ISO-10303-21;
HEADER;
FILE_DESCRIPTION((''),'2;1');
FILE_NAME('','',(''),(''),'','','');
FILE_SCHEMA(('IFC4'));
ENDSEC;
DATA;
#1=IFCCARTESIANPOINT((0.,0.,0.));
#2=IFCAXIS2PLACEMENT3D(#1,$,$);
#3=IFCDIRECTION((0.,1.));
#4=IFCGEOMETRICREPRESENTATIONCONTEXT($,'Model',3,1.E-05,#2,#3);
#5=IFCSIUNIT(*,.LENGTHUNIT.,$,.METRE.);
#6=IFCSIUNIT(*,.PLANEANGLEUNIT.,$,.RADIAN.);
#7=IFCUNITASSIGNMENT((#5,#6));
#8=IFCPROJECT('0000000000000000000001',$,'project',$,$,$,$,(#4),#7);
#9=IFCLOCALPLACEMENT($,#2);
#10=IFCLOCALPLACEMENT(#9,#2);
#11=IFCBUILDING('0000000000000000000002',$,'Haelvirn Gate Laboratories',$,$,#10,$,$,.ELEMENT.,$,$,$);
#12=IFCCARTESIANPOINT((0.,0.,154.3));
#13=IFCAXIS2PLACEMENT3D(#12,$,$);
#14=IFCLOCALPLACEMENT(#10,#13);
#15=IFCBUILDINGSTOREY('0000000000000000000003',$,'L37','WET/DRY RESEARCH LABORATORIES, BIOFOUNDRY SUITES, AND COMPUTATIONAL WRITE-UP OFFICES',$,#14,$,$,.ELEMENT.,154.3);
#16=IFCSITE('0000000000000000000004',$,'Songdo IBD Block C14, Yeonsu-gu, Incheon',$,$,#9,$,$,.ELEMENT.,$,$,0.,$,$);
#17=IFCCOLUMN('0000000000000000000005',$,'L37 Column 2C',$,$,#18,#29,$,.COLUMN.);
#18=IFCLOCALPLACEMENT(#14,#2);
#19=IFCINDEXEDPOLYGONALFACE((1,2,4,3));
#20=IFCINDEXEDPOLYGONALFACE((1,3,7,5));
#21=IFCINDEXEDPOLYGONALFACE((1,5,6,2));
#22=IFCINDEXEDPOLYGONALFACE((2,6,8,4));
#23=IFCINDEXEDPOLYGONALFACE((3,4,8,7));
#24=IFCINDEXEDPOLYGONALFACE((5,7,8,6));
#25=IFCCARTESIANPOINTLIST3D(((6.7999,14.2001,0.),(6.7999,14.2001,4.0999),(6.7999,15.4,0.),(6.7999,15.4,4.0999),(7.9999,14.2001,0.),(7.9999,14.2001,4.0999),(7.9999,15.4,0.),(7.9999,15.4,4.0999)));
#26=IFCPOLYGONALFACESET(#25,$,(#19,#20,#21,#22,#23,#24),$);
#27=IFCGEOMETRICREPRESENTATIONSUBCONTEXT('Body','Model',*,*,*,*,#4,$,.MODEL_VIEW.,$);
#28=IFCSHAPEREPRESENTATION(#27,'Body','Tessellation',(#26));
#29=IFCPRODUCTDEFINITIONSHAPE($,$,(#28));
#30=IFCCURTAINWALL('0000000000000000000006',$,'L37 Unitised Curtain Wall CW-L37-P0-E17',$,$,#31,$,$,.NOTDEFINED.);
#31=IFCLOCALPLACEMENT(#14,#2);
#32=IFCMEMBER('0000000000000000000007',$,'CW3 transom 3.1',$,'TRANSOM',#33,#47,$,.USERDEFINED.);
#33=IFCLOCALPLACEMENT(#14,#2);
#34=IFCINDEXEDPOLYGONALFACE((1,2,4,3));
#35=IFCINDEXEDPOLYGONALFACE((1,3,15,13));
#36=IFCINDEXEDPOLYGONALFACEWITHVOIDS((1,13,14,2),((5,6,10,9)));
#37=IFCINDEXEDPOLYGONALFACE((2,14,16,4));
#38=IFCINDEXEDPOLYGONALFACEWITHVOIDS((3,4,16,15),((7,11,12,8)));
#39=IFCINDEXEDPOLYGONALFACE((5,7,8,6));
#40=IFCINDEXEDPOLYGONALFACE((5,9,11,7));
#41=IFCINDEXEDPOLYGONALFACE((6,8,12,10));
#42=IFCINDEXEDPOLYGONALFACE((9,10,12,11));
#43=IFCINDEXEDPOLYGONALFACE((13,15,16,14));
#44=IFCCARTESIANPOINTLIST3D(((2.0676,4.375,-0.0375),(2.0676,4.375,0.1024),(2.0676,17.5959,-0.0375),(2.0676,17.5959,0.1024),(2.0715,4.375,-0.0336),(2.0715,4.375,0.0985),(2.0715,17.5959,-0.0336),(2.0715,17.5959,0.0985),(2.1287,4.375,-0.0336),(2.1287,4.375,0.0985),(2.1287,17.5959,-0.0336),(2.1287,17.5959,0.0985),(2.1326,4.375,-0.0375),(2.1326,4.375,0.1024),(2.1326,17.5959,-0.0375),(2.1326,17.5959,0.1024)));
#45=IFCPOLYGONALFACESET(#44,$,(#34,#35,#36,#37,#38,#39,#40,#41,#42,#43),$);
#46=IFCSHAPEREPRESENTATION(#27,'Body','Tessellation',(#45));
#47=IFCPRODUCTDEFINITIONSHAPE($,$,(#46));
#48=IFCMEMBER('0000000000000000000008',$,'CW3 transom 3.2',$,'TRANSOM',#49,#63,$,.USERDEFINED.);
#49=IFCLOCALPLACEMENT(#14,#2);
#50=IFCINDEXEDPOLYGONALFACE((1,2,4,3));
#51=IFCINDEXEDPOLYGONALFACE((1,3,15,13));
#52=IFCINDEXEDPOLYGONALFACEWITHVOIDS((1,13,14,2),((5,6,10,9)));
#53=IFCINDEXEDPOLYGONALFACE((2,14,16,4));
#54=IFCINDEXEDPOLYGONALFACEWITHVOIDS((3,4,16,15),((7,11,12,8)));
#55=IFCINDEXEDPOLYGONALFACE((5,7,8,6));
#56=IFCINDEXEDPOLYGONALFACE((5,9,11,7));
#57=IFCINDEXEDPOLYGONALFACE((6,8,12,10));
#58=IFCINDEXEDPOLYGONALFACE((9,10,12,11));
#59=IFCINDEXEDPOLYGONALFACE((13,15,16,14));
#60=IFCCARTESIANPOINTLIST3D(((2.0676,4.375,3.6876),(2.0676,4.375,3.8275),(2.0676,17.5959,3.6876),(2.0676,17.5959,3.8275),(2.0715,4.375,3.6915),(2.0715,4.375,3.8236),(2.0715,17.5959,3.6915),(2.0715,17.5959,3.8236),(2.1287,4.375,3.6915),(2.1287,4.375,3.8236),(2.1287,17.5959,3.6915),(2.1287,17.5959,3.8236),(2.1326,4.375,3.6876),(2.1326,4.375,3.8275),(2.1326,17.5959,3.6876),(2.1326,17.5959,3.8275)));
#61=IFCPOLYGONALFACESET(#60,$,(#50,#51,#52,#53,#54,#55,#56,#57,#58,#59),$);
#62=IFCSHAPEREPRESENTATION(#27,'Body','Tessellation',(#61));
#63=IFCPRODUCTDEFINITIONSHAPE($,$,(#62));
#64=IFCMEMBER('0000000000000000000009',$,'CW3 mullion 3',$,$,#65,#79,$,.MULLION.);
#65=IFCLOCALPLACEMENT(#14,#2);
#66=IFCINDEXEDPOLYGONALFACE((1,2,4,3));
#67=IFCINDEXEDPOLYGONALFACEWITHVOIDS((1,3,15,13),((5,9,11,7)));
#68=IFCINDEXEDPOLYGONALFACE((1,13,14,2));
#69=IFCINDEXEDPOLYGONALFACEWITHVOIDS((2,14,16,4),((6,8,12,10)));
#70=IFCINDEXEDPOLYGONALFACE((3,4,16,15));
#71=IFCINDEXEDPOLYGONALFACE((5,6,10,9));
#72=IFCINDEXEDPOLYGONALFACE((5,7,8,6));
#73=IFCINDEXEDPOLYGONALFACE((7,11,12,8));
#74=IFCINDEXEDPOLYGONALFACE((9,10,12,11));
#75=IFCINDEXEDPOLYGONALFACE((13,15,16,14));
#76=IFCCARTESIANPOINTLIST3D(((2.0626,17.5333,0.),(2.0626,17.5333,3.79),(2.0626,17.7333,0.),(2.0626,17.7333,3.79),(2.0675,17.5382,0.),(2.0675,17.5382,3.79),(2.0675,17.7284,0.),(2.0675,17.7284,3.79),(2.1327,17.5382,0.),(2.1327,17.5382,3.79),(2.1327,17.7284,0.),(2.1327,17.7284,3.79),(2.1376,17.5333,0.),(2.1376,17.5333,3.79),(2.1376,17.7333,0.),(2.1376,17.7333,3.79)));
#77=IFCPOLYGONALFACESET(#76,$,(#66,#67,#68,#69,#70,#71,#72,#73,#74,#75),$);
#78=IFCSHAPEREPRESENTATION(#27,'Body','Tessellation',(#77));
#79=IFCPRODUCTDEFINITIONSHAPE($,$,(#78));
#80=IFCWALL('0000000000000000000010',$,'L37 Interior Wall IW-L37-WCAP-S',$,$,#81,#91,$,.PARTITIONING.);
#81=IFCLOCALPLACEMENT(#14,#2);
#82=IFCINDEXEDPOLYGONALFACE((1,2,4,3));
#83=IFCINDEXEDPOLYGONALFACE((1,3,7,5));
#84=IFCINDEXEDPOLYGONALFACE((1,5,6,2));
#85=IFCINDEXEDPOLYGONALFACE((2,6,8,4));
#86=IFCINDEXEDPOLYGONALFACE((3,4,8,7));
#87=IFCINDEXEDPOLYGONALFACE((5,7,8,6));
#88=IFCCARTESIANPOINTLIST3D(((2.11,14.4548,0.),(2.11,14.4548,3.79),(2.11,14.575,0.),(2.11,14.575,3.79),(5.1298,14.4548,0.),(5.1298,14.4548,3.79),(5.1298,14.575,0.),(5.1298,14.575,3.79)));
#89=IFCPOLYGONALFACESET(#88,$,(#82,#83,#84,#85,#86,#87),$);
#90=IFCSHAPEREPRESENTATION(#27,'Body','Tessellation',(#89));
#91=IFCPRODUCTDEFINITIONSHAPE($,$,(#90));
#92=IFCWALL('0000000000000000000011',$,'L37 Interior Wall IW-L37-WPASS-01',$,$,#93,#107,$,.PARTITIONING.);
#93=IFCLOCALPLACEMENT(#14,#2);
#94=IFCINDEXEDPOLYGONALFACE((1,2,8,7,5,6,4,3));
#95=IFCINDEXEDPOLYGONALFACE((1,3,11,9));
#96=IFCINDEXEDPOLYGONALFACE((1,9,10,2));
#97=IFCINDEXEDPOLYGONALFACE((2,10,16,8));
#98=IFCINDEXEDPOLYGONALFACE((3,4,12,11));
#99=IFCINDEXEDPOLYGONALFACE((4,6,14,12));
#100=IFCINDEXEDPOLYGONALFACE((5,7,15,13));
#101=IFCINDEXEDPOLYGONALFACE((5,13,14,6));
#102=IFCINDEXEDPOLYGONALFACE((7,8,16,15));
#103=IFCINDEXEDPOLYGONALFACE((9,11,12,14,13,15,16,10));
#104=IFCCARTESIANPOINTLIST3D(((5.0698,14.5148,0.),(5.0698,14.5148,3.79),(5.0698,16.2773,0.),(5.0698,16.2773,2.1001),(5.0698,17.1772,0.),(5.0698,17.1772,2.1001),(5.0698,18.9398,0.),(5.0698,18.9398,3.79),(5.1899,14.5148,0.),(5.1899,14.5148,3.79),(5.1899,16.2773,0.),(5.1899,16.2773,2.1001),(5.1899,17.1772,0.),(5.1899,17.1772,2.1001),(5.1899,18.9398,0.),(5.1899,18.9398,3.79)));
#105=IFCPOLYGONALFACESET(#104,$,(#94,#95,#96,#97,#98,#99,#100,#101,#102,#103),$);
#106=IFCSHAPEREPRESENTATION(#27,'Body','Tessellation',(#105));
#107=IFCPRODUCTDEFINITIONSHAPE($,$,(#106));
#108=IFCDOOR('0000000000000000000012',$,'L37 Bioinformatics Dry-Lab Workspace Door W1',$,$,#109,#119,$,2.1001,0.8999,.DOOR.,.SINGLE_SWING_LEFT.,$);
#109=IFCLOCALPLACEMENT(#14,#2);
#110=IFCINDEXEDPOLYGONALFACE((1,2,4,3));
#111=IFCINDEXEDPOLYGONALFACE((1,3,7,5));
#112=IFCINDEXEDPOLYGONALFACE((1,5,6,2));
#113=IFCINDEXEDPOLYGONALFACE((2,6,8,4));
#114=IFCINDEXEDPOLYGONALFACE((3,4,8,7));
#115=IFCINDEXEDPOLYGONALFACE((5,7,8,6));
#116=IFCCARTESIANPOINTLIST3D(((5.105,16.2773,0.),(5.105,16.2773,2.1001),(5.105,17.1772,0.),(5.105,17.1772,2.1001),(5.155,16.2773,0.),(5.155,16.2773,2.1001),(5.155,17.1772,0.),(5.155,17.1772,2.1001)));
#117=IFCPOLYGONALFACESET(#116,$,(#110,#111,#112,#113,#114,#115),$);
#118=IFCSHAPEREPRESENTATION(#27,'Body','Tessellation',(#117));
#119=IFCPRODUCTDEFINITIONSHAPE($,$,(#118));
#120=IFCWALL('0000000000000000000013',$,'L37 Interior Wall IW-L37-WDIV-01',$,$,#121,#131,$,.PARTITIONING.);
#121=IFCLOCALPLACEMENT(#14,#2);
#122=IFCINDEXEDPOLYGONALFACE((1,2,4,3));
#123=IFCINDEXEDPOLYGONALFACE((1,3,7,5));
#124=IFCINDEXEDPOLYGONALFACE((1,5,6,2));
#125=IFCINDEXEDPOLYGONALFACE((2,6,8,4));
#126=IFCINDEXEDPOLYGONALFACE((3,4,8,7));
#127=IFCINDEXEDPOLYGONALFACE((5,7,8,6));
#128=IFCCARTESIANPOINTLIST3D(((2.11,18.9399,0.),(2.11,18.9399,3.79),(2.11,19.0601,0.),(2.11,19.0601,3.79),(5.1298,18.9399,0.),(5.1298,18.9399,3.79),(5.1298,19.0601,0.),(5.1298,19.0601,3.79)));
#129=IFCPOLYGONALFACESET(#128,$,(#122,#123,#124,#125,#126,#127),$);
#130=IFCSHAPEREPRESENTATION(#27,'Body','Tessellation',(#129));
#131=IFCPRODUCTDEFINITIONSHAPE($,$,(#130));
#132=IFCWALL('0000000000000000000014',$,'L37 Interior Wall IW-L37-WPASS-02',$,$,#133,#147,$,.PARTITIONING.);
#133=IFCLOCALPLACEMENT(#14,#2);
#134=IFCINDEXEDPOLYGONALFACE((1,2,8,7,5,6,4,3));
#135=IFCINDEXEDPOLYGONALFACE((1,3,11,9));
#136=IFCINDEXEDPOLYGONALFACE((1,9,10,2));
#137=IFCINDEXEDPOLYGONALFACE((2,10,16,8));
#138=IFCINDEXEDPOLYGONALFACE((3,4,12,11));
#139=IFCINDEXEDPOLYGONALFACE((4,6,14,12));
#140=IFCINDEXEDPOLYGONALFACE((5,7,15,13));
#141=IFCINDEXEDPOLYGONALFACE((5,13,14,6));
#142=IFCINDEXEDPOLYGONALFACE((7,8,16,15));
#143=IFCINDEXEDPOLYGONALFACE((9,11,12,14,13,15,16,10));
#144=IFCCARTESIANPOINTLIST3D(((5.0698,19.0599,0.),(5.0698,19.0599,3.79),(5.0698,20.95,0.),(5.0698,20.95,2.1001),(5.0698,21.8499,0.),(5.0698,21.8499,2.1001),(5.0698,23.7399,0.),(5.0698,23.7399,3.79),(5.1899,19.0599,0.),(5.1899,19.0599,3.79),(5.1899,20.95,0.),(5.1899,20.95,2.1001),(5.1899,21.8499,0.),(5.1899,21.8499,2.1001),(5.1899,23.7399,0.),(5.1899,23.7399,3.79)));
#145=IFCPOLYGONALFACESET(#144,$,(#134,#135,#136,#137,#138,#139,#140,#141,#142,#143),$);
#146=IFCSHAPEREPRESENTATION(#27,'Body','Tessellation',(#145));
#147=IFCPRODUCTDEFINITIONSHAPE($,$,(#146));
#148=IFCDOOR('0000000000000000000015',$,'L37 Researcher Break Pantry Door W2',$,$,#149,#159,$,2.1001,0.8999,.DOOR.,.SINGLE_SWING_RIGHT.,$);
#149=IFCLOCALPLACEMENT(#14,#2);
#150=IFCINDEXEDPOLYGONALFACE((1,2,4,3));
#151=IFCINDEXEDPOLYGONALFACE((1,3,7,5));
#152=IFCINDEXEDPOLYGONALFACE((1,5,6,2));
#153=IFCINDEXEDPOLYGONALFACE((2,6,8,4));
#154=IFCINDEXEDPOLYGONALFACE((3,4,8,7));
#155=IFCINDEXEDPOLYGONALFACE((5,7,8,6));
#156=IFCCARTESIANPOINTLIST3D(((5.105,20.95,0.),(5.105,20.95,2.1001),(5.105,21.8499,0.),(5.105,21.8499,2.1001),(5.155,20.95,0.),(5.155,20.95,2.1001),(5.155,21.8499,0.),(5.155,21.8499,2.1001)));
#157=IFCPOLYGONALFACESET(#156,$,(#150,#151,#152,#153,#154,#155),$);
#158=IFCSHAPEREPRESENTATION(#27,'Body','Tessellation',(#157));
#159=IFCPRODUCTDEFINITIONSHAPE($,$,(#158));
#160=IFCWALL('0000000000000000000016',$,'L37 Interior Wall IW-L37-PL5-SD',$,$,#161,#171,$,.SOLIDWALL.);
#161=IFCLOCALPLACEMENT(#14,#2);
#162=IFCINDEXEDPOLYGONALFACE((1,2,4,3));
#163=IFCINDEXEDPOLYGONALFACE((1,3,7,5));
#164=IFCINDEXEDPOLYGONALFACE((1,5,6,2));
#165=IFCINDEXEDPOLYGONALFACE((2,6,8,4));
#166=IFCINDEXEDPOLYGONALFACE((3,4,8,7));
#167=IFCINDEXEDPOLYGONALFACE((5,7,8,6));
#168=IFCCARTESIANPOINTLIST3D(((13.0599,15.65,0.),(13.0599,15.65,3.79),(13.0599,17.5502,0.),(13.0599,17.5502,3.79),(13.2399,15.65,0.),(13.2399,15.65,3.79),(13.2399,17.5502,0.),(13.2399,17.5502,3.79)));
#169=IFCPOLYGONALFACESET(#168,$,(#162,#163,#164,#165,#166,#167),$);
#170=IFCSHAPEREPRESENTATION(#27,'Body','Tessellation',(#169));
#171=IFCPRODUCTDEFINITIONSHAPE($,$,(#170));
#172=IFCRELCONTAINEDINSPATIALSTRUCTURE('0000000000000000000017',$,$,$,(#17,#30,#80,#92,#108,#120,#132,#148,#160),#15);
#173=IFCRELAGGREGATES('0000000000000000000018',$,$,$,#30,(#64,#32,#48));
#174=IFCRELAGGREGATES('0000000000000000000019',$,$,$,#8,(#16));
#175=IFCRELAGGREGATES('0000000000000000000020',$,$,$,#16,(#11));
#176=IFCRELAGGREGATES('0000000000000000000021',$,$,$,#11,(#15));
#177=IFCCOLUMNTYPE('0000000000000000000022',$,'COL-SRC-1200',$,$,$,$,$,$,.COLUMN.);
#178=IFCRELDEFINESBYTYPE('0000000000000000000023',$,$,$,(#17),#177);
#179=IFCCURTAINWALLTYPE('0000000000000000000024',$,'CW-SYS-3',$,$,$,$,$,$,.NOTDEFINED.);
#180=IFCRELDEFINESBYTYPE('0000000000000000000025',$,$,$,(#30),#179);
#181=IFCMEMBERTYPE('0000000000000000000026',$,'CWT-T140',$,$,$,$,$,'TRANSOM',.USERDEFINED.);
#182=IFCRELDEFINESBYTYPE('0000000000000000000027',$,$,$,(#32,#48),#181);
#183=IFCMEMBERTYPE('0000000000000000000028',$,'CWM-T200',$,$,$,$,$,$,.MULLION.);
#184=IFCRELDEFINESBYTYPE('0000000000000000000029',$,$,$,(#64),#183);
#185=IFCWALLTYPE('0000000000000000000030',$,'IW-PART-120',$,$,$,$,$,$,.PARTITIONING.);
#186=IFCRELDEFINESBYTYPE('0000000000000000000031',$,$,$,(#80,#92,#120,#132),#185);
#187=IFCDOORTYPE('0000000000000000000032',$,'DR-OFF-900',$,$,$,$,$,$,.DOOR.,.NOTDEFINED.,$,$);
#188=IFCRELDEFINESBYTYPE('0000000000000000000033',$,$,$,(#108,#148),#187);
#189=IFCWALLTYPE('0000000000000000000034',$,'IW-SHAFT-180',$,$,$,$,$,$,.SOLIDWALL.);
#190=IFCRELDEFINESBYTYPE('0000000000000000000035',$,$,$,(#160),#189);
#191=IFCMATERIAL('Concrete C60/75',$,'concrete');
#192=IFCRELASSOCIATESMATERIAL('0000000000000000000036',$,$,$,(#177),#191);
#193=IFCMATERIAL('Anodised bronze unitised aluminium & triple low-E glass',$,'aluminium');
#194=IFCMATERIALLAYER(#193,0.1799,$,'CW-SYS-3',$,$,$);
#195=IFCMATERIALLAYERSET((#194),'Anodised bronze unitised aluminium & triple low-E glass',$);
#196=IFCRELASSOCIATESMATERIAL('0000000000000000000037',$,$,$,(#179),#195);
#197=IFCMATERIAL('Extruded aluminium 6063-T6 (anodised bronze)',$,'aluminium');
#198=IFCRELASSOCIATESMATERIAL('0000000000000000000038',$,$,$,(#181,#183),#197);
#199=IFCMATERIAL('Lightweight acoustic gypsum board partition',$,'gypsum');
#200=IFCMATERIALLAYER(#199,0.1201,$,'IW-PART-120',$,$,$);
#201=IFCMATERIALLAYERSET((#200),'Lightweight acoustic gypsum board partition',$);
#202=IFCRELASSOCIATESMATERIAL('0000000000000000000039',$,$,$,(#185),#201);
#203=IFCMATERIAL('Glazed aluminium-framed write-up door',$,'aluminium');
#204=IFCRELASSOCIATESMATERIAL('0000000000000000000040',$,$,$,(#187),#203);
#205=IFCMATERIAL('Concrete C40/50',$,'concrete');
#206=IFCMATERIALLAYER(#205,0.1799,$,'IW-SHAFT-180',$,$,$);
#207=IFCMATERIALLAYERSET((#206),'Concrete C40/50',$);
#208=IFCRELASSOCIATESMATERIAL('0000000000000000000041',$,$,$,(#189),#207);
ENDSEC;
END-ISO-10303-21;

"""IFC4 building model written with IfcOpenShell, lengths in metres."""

from ifc_helpers import new_model, si_unit, direction, frame, frame_2d, origin, origin_2d, place, context, subcontext, project, spatial, rectangle, hollow_rectangle, extrude, source, transform, mapped, material, layer, layer_set, material_profile, profile_set, type_object, type_shapes, element, fill, aggregate, save


model = new_model("IFC4")

# Units and contexts
model_context = context("Model", 3, precision=1e-05, world=origin(), true_north=direction((0.0, 1.0)))
body_context = subcontext(model_context, "Body", "Model", "MODEL_VIEW")
ifc_project = project(units=[si_unit("LENGTHUNIT", "METRE"), si_unit("PLANEANGLEUNIT", "RADIAN")], contexts=[model_context])

# Site, building, storey
site_placement = place(None, origin())
site = spatial("IfcSite", under=ifc_project, at=site_placement, Name="Songdo IBD Block C14, Yeonsu-gu, Incheon", CompositionType="ELEMENT", RefElevation=0.0)
building_placement = place(site_placement, origin())
building = spatial("IfcBuilding", under=site, at=building_placement, Name="Haelvirn Gate Laboratories", CompositionType="ELEMENT")
storey_placement = place(building_placement, frame((0.0, 0.0, 154.3)))
storey = spatial("IfcBuildingStorey", under=building, at=storey_placement, Name="L37", Description="WET/DRY RESEARCH LABORATORIES, BIOFOUNDRY SUITES, AND COMPUTATIONAL WRITE-UP OFFICES", CompositionType="ELEMENT", Elevation=154.3)

# Column
ifc_material_1 = material(Name="Concrete C60/75", Category="concrete")
ifc_material_profile_1 = material_profile(ifc_material_1, rectangle(XDim=1.2, YDim=1.2, at=origin_2d()), Name="SRC-1200x1200")
ifc_profile_set_1 = profile_set([ifc_material_profile_1], Name="Concrete C60/75")
column_type = type_object("IfcColumnType", Name="COL-SRC-1200", PredefinedType="COLUMN", material=ifc_profile_set_1)
shared_shape_1 = source(origin(), body_context, "Body", "SweptSolid", [
    extrude(rectangle(XDim=1.2, YDim=1.2, at=origin_2d()), origin(), (0.0, 0.0, 1.0), 4.0999),
])
type_shapes(column_type, [shared_shape_1])
column_placement = place(storey_placement, frame((7.3999, 14.8, 0.0), z_axis=(0.0, 0.0, 1.0), x_axis=(1.0, 0.0, 0.0)))
element("IfcColumn", 1, at=column_placement, inside=storey, type_object=column_type, Name="L37 Column 2C", PredefinedType="COLUMN", context=body_context, shape_type="MappedRepresentation", body=[
    mapped(shared_shape_1, transform((0.0, 0.0, 0.0), scale=1.0)),
])

# Curtain wall, members
ifc_material_2 = material(Name="Anodised bronze unitised aluminium & triple low-E glass", Category="aluminium")
ifc_layer_1 = layer(ifc_material_2, 0.1799, Name="CW-SYS-3")
ifc_layer_set_1 = layer_set([ifc_layer_1], Name="Anodised bronze unitised aluminium & triple low-E glass")
curtain_wall_type = type_object("IfcCurtainWallType", Name="CW-SYS-3", PredefinedType="NOTDEFINED", material=ifc_layer_set_1)
curtain_wall_placement = place(storey_placement, origin())
curtain_wall = element("IfcCurtainWall", 2, at=curtain_wall_placement, inside=storey, type_object=curtain_wall_type, Name="L37 Unitised Curtain Wall CW-L37-P0-E17", PredefinedType="NOTDEFINED")
ifc_material_3 = material(Name="Extruded aluminium 6063-T6 (anodised bronze)", Category="aluminium")
ifc_material_profile_2 = material_profile(ifc_material_3, hollow_rectangle(XDim=0.0649, YDim=0.1399, WallThickness=0.0039, at=origin_2d()), Name="CWT-140x65x4")
ifc_profile_set_2 = profile_set([ifc_material_profile_2], Name="Extruded aluminium 6063-T6 (anodised bronze)")
member_type_1 = type_object("IfcMemberType", Name="CWT-T140", ElementType="TRANSOM", PredefinedType="USERDEFINED", material=ifc_profile_set_2)
shared_shape_2 = source(origin(), body_context, "Body", "SweptSolid", [
    extrude(hollow_rectangle(XDim=0.0649, YDim=0.1399, WallThickness=0.0039, at=origin_2d()), origin(), (0.0, 0.0, 1.0), 13.2209),
])
type_shapes(member_type_1, [shared_shape_2])
member_1_placement = place(storey_placement, frame((2.1001, 17.5959, 0.0325), z_axis=(0.0, -1.0, 0.0), x_axis=(1.0, 0.0, 0.0)))
member_1 = element("IfcMember", 3, at=member_1_placement, type_object=member_type_1, Name="CW3 transom 3.1", ObjectType="TRANSOM", PredefinedType="USERDEFINED", context=body_context, shape_type="MappedRepresentation", body=[
    mapped(shared_shape_2, transform((0.0, 0.0, 0.0), scale=1.0)),
])
member_2_placement = place(storey_placement, frame((2.1001, 17.5959, 3.7576), z_axis=(0.0, -1.0, 0.0), x_axis=(1.0, 0.0, 0.0)))
member_2 = element("IfcMember", 4, at=member_2_placement, type_object=member_type_1, Name="CW3 transom 3.2", ObjectType="TRANSOM", PredefinedType="USERDEFINED", context=body_context, shape_type="MappedRepresentation", body=[
    mapped(shared_shape_2, transform((0.0, 0.0, 0.0), scale=1.0)),
])
ifc_material_profile_3 = material_profile(ifc_material_3, hollow_rectangle(XDim=0.075, YDim=0.2, WallThickness=0.0049, at=origin_2d()), Name="CWM-200x75x5")
ifc_profile_set_3 = profile_set([ifc_material_profile_3], Name="Extruded aluminium 6063-T6 (anodised bronze)")
member_type_2 = type_object("IfcMemberType", Name="CWM-T200", PredefinedType="MULLION", material=ifc_profile_set_3)
shared_shape_3 = source(origin(), body_context, "Body", "SweptSolid", [
    extrude(hollow_rectangle(XDim=0.075, YDim=0.2, WallThickness=0.0049, at=origin_2d()), origin(), (0.0, 0.0, 1.0), 3.79),
])
type_shapes(member_type_2, [shared_shape_3])
member_3_placement = place(storey_placement, frame((2.1001, 17.6333, 0.0), z_axis=(0.0, 0.0, 1.0), x_axis=(1.0, 0.0, 0.0)))
member_3 = element("IfcMember", 5, at=member_3_placement, type_object=member_type_2, Name="CW3 mullion 3", PredefinedType="MULLION", context=body_context, shape_type="MappedRepresentation", body=[
    mapped(shared_shape_3, transform((0.0, 0.0, 0.0), scale=1.0)),
])
aggregate(curtain_wall, [member_3, member_1, member_2])

# Wall
ifc_material_4 = material(Name="Lightweight acoustic gypsum board partition", Category="gypsum")
ifc_layer_2 = layer(ifc_material_4, 0.1201, Name="IW-PART-120")
ifc_layer_set_2 = layer_set([ifc_layer_2], Name="Lightweight acoustic gypsum board partition")
wall_type_1 = type_object("IfcWallType", Name="IW-PART-120", PredefinedType="PARTITIONING", material=ifc_layer_set_2)
wall_1_placement = place(storey_placement, frame((2.1101, 14.5149, 0.0), z_axis=(0.0, 0.0, 1.0), x_axis=(1.0, 0.0, 0.0)))
element("IfcWall", 6, at=wall_1_placement, inside=storey, type_object=wall_type_1, Name="L37 Interior Wall IW-L37-WCAP-S", PredefinedType="PARTITIONING", context=body_context, shape_type="SweptSolid", body=[
    extrude(rectangle(XDim=3.0198, YDim=0.1201, at=frame_2d((1.5098, 0.0))), origin(), (0.0, 0.0, 1.0), 3.79),
])

# Wall, opening, door
wall_2_placement = place(storey_placement, frame((5.1299, 14.5149, 0.0), z_axis=(0.0, 0.0, 1.0), x_axis=(0.0, 1.0, 0.0)))
wall_2 = element("IfcWall", 7, at=wall_2_placement, inside=storey, type_object=wall_type_1, Name="L37 Interior Wall IW-L37-WPASS-01", PredefinedType="PARTITIONING", context=body_context, shape_type="SweptSolid", body=[
    extrude(rectangle(XDim=4.425, YDim=0.1201, at=frame_2d((2.2124, 0.0))), origin(), (0.0, 0.0, 1.0), 3.79),
])
opening_1_placement = place(wall_2_placement, frame((1.7625, 0.0, 0.0)))
opening_1 = element("IfcOpeningElement", 8, at=opening_1_placement, cuts=wall_2, PredefinedType="OPENING", context=body_context, shape_type="SweptSolid", body=[
    extrude(rectangle(XDim=0.8999, YDim=2.1001, at=frame_2d((0.45, 1.05))), frame((0.0, 0.0701, 0.0), z_axis=(0.0, -1.0, 0.0), x_axis=(1.0, 0.0, 0.0)), (0.0, 0.0, 1.0), 0.1401),
])
ifc_material_5 = material(Name="Glazed aluminium-framed write-up door", Category="aluminium")
door_type_1 = type_object("IfcDoorType", Name="DR-OFF-900", OperationType="NOTDEFINED", PredefinedType="DOOR", material=ifc_material_5)
shared_shape_4 = source(origin(), body_context, "Body", "SweptSolid", [
    extrude(rectangle(XDim=0.8999, YDim=2.1001, at=frame_2d((0.45, 1.05))), frame((0.0, 0.0249, 0.0), z_axis=(0.0, -1.0, 0.0), x_axis=(1.0, 0.0, 0.0)), (0.0, 0.0, 1.0), 0.05),
])
type_shapes(door_type_1, [shared_shape_4])
door_1_placement = place(opening_1_placement, origin())
door_1 = element("IfcDoor", 9, at=door_1_placement, inside=storey, type_object=door_type_1, Name="L37 Bioinformatics Dry-Lab Workspace Door W1", OperationType="SINGLE_SWING_LEFT", OverallHeight=2.1001, OverallWidth=0.8999, PredefinedType="DOOR", context=body_context, shape_type="MappedRepresentation", body=[
    mapped(shared_shape_4, transform((0.0, 0.0, 0.0), scale=1.0)),
])
fill(opening_1, door_1)

# Wall
wall_3_placement = place(storey_placement, frame((2.1101, 19.0, 0.0), z_axis=(0.0, 0.0, 1.0), x_axis=(1.0, 0.0, 0.0)))
element("IfcWall", 10, at=wall_3_placement, inside=storey, type_object=wall_type_1, Name="L37 Interior Wall IW-L37-WDIV-01", PredefinedType="PARTITIONING", context=body_context, shape_type="SweptSolid", body=[
    extrude(rectangle(XDim=3.0198, YDim=0.1201, at=frame_2d((1.5098, 0.0))), origin(), (0.0, 0.0, 1.0), 3.79),
])

# Wall, opening, door
wall_4_placement = place(storey_placement, frame((5.1299, 19.0601, 0.0), z_axis=(0.0, 0.0, 1.0), x_axis=(0.0, 1.0, 0.0)))
wall_4 = element("IfcWall", 11, at=wall_4_placement, inside=storey, type_object=wall_type_1, Name="L37 Interior Wall IW-L37-WPASS-02", PredefinedType="PARTITIONING", context=body_context, shape_type="SweptSolid", body=[
    extrude(rectangle(XDim=4.6799, YDim=0.1201, at=frame_2d((2.3398, 0.0))), origin(), (0.0, 0.0, 1.0), 3.79),
])
opening_2_placement = place(wall_4_placement, frame((1.8899, 0.0, 0.0)))
opening_2 = element("IfcOpeningElement", 12, at=opening_2_placement, cuts=wall_4, PredefinedType="OPENING", context=body_context, shape_type="SweptSolid", body=[
    extrude(rectangle(XDim=0.8999, YDim=2.1001, at=frame_2d((0.45, 1.05))), frame((0.0, 0.0701, 0.0), z_axis=(0.0, -1.0, 0.0), x_axis=(1.0, 0.0, 0.0)), (0.0, 0.0, 1.0), 0.1401),
])
door_2_placement = place(opening_2_placement, origin())
door_2 = element("IfcDoor", 13, at=door_2_placement, inside=storey, type_object=door_type_1, Name="L37 Researcher Break Pantry Door W2", OperationType="SINGLE_SWING_RIGHT", OverallHeight=2.1001, OverallWidth=0.8999, PredefinedType="DOOR", context=body_context, shape_type="MappedRepresentation", body=[
    mapped(shared_shape_4, transform((0.0, 0.0, 0.0), scale=1.0)),
])
fill(opening_2, door_2)

# Wall
ifc_material_6 = material(Name="Concrete C40/50", Category="concrete")
ifc_layer_3 = layer(ifc_material_6, 0.1799, Name="IW-SHAFT-180")
ifc_layer_set_3 = layer_set([ifc_layer_3], Name="Concrete C40/50")
wall_type_2 = type_object("IfcWallType", Name="IW-SHAFT-180", PredefinedType="SOLIDWALL", material=ifc_layer_set_3)
wall_5_placement = place(storey_placement, frame((13.1499, 15.6499, 0.0), z_axis=(0.0, 0.0, 1.0), x_axis=(0.0, 1.0, 0.0)))
element("IfcWall", 14, at=wall_5_placement, inside=storey, type_object=wall_type_2, Name="L37 Interior Wall IW-L37-PL5-SD", PredefinedType="SOLIDWALL", context=body_context, shape_type="SweptSolid", body=[
    extrude(rectangle(XDim=1.9001, YDim=0.1799, at=frame_2d((0.9502, 0.0))), origin(), (0.0, 0.0, 1.0), 3.79),
])

save(model, "model.ifc")
